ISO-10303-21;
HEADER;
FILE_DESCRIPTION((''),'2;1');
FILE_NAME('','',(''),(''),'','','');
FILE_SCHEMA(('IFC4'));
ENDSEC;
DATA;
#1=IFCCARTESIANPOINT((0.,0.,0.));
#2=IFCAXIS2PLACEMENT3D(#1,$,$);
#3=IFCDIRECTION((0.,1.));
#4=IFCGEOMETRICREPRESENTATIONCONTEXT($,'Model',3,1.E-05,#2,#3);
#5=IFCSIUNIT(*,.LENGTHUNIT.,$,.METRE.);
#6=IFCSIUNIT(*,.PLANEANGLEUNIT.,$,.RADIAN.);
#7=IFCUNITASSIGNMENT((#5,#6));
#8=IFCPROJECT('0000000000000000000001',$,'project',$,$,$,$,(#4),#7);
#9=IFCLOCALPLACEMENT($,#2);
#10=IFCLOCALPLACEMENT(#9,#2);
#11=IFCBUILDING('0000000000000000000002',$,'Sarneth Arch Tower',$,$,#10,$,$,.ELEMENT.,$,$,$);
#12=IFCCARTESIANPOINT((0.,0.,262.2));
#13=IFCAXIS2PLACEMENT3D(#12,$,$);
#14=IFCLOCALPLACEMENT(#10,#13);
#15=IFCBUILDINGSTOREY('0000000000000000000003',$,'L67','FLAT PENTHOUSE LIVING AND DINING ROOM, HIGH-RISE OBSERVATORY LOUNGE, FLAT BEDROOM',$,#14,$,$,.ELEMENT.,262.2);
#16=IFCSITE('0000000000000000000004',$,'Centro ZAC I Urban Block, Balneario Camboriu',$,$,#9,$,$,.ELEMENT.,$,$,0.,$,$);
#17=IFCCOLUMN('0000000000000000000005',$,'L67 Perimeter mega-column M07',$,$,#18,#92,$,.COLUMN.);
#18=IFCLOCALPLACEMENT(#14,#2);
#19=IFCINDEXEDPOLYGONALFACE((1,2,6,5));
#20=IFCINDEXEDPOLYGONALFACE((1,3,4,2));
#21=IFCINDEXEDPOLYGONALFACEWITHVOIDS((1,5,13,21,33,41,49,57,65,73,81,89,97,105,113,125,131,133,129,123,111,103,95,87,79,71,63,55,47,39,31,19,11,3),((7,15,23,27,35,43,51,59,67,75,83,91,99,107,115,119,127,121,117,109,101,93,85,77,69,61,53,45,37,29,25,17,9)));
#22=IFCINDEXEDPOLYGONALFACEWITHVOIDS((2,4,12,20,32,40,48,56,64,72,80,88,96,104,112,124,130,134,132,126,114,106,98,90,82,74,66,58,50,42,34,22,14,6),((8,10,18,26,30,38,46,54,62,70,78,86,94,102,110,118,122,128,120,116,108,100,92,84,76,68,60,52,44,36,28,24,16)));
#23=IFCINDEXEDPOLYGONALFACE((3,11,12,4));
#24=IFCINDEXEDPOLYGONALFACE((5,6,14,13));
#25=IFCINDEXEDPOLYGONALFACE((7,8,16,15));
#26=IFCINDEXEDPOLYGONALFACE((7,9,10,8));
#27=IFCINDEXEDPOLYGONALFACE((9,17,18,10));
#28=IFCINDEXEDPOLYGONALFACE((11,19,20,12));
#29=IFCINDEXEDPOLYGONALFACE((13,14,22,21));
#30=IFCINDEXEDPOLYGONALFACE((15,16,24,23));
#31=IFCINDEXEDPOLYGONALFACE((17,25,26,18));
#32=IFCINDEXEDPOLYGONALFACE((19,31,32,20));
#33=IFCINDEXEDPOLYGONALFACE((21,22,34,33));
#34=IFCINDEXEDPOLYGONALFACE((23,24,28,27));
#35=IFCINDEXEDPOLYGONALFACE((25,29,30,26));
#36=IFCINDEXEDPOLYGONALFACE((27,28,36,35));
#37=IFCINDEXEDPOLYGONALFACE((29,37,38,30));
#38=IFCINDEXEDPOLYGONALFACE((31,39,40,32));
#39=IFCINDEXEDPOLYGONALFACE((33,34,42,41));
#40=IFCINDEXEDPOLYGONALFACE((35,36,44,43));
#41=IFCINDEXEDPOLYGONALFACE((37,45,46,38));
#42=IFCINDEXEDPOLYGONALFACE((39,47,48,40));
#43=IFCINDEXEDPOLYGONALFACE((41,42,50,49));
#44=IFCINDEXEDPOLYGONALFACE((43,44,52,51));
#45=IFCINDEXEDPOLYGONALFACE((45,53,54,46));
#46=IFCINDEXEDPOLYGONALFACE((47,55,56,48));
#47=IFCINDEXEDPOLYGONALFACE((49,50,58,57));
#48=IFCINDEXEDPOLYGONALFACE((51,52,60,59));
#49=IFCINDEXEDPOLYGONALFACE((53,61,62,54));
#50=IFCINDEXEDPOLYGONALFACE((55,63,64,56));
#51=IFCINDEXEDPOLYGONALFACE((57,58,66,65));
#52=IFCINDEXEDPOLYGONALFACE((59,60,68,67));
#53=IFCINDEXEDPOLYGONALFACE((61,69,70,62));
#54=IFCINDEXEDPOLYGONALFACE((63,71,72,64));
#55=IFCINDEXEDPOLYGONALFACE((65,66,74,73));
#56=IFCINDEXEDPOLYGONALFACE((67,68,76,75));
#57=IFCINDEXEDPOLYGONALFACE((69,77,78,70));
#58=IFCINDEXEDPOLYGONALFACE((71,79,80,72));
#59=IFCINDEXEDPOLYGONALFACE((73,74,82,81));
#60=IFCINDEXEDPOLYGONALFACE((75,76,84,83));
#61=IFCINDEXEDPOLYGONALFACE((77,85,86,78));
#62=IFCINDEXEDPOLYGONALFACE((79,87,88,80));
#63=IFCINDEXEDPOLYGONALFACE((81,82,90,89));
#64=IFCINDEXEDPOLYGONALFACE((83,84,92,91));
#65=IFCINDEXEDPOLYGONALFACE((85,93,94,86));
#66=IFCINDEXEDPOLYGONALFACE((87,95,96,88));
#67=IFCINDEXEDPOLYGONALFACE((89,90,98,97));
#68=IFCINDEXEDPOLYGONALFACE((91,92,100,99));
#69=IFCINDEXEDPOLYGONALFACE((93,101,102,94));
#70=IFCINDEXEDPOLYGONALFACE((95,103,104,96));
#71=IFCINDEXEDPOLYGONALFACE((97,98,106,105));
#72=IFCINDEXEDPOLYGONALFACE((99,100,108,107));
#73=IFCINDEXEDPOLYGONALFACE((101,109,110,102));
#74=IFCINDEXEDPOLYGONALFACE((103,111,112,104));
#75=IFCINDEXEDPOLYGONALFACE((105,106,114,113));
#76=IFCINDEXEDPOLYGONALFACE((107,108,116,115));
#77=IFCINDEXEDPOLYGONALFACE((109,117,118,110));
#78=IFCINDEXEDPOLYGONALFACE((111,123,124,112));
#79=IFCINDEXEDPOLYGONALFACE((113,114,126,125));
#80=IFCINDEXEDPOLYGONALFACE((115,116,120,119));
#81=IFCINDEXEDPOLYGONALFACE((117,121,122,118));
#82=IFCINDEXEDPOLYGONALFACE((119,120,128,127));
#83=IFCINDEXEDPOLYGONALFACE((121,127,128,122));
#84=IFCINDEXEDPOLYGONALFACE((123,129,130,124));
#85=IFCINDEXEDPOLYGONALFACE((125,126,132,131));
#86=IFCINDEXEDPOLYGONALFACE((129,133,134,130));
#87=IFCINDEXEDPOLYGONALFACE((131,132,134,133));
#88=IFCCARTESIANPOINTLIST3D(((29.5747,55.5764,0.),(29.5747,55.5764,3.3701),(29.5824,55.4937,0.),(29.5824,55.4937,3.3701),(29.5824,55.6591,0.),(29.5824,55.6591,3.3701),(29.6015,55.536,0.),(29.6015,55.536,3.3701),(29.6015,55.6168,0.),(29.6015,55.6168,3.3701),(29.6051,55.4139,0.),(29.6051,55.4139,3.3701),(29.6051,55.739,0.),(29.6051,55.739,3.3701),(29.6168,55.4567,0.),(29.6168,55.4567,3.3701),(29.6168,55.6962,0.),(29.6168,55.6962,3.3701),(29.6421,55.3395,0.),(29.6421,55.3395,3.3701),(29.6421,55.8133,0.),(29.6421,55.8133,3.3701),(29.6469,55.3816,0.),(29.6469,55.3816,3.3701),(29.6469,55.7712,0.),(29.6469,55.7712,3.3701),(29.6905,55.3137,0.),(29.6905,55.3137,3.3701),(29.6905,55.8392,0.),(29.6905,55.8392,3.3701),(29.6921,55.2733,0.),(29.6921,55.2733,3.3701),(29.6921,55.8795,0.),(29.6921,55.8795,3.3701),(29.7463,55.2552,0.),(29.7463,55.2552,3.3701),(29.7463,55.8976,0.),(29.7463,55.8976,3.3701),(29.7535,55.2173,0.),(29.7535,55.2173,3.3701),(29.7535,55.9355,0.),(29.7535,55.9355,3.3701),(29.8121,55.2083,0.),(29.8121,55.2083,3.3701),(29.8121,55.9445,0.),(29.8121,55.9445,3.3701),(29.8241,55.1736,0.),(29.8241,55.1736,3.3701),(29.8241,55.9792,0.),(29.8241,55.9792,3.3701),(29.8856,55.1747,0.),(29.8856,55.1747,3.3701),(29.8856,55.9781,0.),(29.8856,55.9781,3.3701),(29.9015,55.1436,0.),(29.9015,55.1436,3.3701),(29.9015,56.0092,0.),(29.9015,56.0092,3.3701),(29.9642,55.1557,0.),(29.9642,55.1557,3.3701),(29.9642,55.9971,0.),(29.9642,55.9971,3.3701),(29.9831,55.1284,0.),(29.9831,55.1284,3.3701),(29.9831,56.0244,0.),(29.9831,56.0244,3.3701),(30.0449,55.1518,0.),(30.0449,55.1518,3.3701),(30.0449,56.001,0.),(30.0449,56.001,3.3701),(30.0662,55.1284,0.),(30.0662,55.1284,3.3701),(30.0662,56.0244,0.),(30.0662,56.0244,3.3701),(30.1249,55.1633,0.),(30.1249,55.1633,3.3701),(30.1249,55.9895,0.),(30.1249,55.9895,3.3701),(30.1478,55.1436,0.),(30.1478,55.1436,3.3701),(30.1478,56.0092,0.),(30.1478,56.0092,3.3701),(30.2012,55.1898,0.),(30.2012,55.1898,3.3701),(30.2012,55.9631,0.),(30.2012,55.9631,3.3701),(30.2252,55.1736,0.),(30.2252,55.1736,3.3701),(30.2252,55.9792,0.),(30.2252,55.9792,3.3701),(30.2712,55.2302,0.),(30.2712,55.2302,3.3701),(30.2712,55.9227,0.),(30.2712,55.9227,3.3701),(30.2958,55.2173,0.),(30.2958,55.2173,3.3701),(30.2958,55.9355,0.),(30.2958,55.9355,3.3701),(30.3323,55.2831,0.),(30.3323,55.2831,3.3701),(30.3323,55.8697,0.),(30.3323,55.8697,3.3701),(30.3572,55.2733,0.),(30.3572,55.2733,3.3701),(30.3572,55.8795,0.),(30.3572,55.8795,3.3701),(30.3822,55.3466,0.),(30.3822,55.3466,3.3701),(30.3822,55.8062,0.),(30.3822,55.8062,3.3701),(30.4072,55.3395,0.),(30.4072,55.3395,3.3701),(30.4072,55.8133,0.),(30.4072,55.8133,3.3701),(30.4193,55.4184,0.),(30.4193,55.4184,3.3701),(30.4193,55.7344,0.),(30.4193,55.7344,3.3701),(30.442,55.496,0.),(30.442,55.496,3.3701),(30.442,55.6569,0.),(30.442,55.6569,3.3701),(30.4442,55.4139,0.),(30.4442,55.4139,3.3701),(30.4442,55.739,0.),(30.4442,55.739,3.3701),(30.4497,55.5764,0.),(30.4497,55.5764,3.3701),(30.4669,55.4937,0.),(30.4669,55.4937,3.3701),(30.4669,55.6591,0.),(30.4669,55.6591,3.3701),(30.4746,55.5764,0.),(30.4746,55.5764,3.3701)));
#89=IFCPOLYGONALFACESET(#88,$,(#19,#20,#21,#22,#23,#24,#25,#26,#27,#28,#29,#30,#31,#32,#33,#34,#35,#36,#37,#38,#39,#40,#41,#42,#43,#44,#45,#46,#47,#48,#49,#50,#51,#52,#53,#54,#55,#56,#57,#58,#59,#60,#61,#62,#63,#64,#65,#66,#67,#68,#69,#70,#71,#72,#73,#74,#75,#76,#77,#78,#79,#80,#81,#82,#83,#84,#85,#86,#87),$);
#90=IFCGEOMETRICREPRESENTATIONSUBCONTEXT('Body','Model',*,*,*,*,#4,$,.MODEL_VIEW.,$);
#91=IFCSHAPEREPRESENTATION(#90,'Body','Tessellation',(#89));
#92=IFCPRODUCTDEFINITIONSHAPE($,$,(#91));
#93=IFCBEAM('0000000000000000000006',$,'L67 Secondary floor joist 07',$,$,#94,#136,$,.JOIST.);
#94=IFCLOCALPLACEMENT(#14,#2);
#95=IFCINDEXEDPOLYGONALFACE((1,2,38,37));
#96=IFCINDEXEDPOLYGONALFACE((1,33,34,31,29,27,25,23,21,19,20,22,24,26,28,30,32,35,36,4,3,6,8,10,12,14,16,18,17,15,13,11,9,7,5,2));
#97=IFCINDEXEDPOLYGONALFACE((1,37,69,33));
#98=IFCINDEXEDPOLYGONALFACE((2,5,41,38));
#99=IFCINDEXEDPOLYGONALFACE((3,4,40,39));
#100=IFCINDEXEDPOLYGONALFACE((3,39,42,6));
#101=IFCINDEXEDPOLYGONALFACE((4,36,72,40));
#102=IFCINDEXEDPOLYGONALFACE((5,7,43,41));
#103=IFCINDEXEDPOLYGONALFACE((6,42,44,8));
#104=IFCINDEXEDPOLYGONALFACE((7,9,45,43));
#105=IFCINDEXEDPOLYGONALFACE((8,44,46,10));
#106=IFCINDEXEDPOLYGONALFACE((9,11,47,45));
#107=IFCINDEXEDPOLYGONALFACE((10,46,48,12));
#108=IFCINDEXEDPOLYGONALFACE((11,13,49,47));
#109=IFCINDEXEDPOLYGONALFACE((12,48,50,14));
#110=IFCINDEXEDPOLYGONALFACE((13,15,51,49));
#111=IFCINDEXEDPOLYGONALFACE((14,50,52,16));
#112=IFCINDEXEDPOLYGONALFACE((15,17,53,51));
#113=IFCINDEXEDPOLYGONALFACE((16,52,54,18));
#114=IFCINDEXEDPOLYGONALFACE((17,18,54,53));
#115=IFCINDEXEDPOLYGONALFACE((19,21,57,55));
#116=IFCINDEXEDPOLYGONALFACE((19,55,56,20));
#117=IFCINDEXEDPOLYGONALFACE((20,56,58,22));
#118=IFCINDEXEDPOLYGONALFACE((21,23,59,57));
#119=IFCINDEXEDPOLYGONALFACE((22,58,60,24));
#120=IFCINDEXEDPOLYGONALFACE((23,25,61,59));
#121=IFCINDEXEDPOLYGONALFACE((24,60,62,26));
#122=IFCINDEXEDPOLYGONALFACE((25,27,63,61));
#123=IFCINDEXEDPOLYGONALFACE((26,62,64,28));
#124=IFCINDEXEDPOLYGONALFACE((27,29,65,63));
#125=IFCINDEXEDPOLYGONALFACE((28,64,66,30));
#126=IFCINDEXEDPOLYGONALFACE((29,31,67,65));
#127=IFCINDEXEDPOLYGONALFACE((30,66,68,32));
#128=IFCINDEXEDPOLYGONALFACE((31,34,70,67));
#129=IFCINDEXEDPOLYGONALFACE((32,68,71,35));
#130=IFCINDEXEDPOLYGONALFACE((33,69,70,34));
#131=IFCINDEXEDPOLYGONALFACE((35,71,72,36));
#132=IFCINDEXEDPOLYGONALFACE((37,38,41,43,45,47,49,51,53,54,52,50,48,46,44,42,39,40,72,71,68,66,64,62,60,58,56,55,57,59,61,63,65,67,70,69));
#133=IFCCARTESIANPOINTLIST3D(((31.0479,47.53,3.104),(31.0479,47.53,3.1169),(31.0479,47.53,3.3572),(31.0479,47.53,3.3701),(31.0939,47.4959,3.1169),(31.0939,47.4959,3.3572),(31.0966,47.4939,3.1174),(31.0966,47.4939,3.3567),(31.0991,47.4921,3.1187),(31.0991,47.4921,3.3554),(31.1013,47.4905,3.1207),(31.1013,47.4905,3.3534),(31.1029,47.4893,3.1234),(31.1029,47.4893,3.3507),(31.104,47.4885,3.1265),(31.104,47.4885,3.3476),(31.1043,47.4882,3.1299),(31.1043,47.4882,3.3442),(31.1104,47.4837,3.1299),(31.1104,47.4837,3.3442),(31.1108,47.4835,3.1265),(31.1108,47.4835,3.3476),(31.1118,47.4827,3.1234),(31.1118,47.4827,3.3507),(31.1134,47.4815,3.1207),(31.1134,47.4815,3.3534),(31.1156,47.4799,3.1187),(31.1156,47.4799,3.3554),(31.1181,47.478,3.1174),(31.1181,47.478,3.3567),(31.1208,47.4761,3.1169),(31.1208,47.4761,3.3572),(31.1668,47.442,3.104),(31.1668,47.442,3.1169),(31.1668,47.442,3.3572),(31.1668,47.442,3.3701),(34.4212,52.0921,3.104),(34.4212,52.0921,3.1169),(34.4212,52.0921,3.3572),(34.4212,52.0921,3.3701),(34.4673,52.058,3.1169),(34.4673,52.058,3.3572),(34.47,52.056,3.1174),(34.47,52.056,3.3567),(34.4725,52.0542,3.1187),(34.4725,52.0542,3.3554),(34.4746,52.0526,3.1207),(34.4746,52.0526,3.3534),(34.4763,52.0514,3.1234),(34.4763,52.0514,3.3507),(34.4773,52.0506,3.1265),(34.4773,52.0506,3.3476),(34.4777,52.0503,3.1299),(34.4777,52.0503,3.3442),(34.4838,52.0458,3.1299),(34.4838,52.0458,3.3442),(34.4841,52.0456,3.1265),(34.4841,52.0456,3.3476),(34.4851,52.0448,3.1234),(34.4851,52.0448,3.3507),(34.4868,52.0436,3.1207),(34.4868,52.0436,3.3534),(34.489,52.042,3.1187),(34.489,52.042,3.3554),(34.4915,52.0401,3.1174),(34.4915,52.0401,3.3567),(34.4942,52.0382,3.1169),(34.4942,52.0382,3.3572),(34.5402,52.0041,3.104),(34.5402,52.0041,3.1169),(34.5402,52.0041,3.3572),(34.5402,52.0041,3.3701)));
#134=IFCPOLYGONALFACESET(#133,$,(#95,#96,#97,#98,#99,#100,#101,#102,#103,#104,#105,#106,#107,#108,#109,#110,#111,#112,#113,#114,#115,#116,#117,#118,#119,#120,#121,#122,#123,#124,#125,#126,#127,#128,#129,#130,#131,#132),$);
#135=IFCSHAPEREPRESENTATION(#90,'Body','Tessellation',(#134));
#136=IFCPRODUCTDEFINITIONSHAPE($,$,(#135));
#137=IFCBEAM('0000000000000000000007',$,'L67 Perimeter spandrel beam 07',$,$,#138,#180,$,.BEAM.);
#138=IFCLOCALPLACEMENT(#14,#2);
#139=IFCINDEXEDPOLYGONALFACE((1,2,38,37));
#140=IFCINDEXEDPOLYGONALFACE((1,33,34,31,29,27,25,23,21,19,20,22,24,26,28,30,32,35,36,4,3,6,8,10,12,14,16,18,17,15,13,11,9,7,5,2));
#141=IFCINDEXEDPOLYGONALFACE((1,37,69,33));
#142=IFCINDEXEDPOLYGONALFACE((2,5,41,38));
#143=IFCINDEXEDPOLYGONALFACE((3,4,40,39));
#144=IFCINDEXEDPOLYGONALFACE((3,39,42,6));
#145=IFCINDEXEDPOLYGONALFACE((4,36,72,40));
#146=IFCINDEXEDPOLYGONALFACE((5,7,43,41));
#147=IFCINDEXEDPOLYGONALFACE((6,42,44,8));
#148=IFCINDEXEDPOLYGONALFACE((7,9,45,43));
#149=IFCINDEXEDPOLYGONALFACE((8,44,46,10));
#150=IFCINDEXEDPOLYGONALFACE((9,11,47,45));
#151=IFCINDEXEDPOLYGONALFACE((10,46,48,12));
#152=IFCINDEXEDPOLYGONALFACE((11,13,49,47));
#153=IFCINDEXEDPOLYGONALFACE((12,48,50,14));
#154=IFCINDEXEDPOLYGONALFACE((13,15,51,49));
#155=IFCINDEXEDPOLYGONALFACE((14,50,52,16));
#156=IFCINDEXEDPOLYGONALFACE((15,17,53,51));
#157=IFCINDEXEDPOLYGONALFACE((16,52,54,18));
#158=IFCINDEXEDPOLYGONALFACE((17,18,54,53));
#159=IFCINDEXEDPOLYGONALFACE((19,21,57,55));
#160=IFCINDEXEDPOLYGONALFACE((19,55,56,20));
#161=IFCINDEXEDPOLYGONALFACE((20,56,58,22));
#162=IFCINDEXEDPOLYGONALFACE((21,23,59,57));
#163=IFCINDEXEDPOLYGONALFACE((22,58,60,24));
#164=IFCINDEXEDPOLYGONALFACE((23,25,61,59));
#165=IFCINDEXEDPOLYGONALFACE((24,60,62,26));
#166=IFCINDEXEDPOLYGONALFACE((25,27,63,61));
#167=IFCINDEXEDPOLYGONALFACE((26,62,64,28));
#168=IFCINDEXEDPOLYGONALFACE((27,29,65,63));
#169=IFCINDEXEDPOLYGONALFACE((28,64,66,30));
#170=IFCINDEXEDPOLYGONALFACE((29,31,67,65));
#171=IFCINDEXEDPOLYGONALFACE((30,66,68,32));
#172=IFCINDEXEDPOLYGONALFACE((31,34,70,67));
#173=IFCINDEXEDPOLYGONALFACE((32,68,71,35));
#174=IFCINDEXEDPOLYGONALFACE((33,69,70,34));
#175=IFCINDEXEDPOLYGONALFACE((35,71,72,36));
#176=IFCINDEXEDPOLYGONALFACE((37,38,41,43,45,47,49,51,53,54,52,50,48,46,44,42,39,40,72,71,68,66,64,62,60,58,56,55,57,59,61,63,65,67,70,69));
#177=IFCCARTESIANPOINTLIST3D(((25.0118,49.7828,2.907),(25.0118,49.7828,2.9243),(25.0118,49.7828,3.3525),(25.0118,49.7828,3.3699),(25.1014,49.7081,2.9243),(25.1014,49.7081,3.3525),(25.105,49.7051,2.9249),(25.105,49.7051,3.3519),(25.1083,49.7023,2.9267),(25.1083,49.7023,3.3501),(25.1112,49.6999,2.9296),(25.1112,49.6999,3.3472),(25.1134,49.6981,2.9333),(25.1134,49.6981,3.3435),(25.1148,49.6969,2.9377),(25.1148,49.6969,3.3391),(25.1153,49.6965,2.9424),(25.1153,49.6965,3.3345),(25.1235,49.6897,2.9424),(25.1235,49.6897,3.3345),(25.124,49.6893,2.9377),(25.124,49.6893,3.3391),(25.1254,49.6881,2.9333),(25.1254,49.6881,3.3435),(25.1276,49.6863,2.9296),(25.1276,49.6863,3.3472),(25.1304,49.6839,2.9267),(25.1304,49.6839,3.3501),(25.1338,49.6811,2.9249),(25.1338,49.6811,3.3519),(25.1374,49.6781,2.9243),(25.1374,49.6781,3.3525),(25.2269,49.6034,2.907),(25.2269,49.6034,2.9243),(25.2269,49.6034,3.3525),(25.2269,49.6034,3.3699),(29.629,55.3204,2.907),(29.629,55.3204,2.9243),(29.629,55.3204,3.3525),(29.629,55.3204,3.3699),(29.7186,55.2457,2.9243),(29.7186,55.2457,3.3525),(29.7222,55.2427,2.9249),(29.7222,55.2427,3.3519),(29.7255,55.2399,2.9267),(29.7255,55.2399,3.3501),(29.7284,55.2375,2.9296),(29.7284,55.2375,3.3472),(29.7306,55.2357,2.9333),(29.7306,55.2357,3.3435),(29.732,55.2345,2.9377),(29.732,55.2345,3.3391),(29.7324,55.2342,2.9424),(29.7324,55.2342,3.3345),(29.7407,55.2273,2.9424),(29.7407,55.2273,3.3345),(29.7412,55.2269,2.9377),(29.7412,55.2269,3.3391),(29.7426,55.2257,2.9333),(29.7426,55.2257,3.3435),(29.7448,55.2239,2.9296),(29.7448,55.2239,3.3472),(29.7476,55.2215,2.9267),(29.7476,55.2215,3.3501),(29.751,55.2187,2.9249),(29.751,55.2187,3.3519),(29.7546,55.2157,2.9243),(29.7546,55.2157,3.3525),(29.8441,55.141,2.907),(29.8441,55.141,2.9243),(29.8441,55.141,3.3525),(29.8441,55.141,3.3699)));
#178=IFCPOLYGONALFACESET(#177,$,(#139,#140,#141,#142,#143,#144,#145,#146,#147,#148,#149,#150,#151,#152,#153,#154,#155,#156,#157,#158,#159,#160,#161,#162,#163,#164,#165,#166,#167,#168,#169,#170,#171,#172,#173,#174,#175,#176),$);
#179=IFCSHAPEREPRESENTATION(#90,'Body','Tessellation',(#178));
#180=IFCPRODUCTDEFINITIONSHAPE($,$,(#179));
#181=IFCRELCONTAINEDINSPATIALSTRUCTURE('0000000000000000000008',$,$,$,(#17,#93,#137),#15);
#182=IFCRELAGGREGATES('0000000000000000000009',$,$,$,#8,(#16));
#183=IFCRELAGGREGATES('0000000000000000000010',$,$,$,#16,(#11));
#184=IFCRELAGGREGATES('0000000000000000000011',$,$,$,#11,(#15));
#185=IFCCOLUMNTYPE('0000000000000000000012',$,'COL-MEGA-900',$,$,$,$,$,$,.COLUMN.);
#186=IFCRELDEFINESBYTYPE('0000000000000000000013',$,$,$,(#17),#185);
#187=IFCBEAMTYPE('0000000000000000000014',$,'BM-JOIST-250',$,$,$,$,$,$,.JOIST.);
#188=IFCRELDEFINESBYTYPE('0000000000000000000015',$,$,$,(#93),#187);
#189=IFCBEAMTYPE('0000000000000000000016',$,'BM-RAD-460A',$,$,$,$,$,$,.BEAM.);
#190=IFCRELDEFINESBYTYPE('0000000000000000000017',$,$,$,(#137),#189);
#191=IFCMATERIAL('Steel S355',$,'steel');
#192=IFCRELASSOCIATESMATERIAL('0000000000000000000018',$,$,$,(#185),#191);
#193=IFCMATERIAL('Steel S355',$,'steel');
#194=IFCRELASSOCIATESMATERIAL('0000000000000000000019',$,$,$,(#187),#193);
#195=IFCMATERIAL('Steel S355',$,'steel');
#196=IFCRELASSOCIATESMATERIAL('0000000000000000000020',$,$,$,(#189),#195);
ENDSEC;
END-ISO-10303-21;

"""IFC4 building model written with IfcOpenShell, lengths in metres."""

from ifc_helpers import new_model, si_unit, direction, frame, origin, origin_2d, place, context, subcontext, project, spatial, hollow_circle, i_section, extrude, material, material_profile, profile_set, type_object, element, save


model = new_model("IFC4")

# Units and contexts
model_context = context("Model", 3, precision=1e-05, world=origin(), true_north=direction((0.0, 1.0)))
body_context = subcontext(model_context, "Body", "Model", "MODEL_VIEW")
ifc_project = project(units=[si_unit("LENGTHUNIT", "METRE"), si_unit("PLANEANGLEUNIT", "RADIAN")], contexts=[model_context])

# Site, building, storey
site_placement = place(None, origin())
site = spatial("IfcSite", under=ifc_project, at=site_placement, Name="Centro ZAC I Urban Block, Balneario Camboriu", CompositionType="ELEMENT", RefElevation=0.0)
building_placement = place(site_placement, origin())
building = spatial("IfcBuilding", under=site, at=building_placement, Name="Sarneth Arch Tower", CompositionType="ELEMENT")
storey_placement = place(building_placement, frame((0.0, 0.0, 262.2)))
storey = spatial("IfcBuildingStorey", under=building, at=storey_placement, Name="L67", Description="FLAT PENTHOUSE LIVING AND DINING ROOM, HIGH-RISE OBSERVATORY LOUNGE, FLAT BEDROOM", CompositionType="ELEMENT", Elevation=262.2)

# Column
ifc_material_1 = material(Name="Steel S355", Category="steel")
ifc_material_profile_1 = material_profile(ifc_material_1, hollow_circle(Radius=0.45, WallThickness=0.0249, at=origin_2d()), Name="CHS900x25")
ifc_profile_set_1 = profile_set([ifc_material_profile_1], Name="Steel S355")
column_type = type_object("IfcColumnType", Name="COL-MEGA-900", PredefinedType="COLUMN", material=ifc_profile_set_1)
column_placement = place(storey_placement, frame((30.0247, 55.5764, 0.0), z_axis=(0.0, 0.0, 1.0), x_axis=(1.0, 0.0, 0.0)))
element("IfcColumn", 1, at=column_placement, inside=storey, type_object=column_type, Name="L67 Perimeter mega-column M07", PredefinedType="COLUMN", context=body_context, shape_type="SweptSolid", body=[
    extrude(hollow_circle(Radius=0.45, WallThickness=0.0249, at=origin_2d()), origin(), (0.0, 0.0, 1.0), 3.3701),
])

# Beams
ifc_material_2 = material(Name="Steel S355", Category="steel")
ifc_material_profile_2 = material_profile(ifc_material_2, i_section(OverallWidth=0.1479, OverallDepth=0.2661, WebThickness=0.0076, FlangeThickness=0.0129, FilletRadius=0.0129, at=origin_2d()), Name="W250x44.8")
ifc_profile_set_2 = profile_set([ifc_material_profile_2], Name="Steel S355")
beam_type_1 = type_object("IfcBeamType", Name="BM-JOIST-250", PredefinedType="JOIST", material=ifc_profile_set_2)
beam_1_placement = place(storey_placement, frame((34.4807, 52.0481, 3.2371), z_axis=(-0.594547, -0.804061, 0.0), x_axis=(0.804061, -0.594547, 0.0)))
element("IfcBeam", 2, at=beam_1_placement, inside=storey, type_object=beam_type_1, Name="L67 Secondary floor joist 07", PredefinedType="JOIST", context=body_context, shape_type="SweptSolid", body=[
    extrude(i_section(OverallWidth=0.1479, OverallDepth=0.2661, WebThickness=0.0076, FlangeThickness=0.0129, FilletRadius=0.0129, at=origin_2d()), origin(), (0.0, 0.0, 1.0), 5.6738),
])
ifc_material_3 = material(Name="Steel S355", Category="steel")
ifc_material_profile_3 = material_profile(ifc_material_3, i_section(OverallWidth=0.28, OverallDepth=0.4629, WebThickness=0.0107, FlangeThickness=0.0173, FilletRadius=0.0181, at=origin_2d()), Name="W460x113")
ifc_profile_set_3 = profile_set([ifc_material_profile_3], Name="Steel S355")
beam_type_2 = type_object("IfcBeamType", Name="BM-RAD-460A", PredefinedType="BEAM", material=ifc_profile_set_3)
beam_2_placement = place(storey_placement, frame((29.7366, 55.2307, 3.1384), z_axis=(-0.640391, -0.768049, 0.0), x_axis=(0.768049, -0.640391, 0.0)))
element("IfcBeam", 3, at=beam_2_placement, inside=storey, type_object=beam_type_2, Name="L67 Perimeter spandrel beam 07", PredefinedType="BEAM", context=body_context, shape_type="SweptSolid", body=[
    extrude(i_section(OverallWidth=0.28, OverallDepth=0.4629, WebThickness=0.0107, FlangeThickness=0.0173, FilletRadius=0.0181, at=origin_2d()), origin(), (0.0, 0.0, 1.0), 7.21),
])

save(model, "model.ifc")
